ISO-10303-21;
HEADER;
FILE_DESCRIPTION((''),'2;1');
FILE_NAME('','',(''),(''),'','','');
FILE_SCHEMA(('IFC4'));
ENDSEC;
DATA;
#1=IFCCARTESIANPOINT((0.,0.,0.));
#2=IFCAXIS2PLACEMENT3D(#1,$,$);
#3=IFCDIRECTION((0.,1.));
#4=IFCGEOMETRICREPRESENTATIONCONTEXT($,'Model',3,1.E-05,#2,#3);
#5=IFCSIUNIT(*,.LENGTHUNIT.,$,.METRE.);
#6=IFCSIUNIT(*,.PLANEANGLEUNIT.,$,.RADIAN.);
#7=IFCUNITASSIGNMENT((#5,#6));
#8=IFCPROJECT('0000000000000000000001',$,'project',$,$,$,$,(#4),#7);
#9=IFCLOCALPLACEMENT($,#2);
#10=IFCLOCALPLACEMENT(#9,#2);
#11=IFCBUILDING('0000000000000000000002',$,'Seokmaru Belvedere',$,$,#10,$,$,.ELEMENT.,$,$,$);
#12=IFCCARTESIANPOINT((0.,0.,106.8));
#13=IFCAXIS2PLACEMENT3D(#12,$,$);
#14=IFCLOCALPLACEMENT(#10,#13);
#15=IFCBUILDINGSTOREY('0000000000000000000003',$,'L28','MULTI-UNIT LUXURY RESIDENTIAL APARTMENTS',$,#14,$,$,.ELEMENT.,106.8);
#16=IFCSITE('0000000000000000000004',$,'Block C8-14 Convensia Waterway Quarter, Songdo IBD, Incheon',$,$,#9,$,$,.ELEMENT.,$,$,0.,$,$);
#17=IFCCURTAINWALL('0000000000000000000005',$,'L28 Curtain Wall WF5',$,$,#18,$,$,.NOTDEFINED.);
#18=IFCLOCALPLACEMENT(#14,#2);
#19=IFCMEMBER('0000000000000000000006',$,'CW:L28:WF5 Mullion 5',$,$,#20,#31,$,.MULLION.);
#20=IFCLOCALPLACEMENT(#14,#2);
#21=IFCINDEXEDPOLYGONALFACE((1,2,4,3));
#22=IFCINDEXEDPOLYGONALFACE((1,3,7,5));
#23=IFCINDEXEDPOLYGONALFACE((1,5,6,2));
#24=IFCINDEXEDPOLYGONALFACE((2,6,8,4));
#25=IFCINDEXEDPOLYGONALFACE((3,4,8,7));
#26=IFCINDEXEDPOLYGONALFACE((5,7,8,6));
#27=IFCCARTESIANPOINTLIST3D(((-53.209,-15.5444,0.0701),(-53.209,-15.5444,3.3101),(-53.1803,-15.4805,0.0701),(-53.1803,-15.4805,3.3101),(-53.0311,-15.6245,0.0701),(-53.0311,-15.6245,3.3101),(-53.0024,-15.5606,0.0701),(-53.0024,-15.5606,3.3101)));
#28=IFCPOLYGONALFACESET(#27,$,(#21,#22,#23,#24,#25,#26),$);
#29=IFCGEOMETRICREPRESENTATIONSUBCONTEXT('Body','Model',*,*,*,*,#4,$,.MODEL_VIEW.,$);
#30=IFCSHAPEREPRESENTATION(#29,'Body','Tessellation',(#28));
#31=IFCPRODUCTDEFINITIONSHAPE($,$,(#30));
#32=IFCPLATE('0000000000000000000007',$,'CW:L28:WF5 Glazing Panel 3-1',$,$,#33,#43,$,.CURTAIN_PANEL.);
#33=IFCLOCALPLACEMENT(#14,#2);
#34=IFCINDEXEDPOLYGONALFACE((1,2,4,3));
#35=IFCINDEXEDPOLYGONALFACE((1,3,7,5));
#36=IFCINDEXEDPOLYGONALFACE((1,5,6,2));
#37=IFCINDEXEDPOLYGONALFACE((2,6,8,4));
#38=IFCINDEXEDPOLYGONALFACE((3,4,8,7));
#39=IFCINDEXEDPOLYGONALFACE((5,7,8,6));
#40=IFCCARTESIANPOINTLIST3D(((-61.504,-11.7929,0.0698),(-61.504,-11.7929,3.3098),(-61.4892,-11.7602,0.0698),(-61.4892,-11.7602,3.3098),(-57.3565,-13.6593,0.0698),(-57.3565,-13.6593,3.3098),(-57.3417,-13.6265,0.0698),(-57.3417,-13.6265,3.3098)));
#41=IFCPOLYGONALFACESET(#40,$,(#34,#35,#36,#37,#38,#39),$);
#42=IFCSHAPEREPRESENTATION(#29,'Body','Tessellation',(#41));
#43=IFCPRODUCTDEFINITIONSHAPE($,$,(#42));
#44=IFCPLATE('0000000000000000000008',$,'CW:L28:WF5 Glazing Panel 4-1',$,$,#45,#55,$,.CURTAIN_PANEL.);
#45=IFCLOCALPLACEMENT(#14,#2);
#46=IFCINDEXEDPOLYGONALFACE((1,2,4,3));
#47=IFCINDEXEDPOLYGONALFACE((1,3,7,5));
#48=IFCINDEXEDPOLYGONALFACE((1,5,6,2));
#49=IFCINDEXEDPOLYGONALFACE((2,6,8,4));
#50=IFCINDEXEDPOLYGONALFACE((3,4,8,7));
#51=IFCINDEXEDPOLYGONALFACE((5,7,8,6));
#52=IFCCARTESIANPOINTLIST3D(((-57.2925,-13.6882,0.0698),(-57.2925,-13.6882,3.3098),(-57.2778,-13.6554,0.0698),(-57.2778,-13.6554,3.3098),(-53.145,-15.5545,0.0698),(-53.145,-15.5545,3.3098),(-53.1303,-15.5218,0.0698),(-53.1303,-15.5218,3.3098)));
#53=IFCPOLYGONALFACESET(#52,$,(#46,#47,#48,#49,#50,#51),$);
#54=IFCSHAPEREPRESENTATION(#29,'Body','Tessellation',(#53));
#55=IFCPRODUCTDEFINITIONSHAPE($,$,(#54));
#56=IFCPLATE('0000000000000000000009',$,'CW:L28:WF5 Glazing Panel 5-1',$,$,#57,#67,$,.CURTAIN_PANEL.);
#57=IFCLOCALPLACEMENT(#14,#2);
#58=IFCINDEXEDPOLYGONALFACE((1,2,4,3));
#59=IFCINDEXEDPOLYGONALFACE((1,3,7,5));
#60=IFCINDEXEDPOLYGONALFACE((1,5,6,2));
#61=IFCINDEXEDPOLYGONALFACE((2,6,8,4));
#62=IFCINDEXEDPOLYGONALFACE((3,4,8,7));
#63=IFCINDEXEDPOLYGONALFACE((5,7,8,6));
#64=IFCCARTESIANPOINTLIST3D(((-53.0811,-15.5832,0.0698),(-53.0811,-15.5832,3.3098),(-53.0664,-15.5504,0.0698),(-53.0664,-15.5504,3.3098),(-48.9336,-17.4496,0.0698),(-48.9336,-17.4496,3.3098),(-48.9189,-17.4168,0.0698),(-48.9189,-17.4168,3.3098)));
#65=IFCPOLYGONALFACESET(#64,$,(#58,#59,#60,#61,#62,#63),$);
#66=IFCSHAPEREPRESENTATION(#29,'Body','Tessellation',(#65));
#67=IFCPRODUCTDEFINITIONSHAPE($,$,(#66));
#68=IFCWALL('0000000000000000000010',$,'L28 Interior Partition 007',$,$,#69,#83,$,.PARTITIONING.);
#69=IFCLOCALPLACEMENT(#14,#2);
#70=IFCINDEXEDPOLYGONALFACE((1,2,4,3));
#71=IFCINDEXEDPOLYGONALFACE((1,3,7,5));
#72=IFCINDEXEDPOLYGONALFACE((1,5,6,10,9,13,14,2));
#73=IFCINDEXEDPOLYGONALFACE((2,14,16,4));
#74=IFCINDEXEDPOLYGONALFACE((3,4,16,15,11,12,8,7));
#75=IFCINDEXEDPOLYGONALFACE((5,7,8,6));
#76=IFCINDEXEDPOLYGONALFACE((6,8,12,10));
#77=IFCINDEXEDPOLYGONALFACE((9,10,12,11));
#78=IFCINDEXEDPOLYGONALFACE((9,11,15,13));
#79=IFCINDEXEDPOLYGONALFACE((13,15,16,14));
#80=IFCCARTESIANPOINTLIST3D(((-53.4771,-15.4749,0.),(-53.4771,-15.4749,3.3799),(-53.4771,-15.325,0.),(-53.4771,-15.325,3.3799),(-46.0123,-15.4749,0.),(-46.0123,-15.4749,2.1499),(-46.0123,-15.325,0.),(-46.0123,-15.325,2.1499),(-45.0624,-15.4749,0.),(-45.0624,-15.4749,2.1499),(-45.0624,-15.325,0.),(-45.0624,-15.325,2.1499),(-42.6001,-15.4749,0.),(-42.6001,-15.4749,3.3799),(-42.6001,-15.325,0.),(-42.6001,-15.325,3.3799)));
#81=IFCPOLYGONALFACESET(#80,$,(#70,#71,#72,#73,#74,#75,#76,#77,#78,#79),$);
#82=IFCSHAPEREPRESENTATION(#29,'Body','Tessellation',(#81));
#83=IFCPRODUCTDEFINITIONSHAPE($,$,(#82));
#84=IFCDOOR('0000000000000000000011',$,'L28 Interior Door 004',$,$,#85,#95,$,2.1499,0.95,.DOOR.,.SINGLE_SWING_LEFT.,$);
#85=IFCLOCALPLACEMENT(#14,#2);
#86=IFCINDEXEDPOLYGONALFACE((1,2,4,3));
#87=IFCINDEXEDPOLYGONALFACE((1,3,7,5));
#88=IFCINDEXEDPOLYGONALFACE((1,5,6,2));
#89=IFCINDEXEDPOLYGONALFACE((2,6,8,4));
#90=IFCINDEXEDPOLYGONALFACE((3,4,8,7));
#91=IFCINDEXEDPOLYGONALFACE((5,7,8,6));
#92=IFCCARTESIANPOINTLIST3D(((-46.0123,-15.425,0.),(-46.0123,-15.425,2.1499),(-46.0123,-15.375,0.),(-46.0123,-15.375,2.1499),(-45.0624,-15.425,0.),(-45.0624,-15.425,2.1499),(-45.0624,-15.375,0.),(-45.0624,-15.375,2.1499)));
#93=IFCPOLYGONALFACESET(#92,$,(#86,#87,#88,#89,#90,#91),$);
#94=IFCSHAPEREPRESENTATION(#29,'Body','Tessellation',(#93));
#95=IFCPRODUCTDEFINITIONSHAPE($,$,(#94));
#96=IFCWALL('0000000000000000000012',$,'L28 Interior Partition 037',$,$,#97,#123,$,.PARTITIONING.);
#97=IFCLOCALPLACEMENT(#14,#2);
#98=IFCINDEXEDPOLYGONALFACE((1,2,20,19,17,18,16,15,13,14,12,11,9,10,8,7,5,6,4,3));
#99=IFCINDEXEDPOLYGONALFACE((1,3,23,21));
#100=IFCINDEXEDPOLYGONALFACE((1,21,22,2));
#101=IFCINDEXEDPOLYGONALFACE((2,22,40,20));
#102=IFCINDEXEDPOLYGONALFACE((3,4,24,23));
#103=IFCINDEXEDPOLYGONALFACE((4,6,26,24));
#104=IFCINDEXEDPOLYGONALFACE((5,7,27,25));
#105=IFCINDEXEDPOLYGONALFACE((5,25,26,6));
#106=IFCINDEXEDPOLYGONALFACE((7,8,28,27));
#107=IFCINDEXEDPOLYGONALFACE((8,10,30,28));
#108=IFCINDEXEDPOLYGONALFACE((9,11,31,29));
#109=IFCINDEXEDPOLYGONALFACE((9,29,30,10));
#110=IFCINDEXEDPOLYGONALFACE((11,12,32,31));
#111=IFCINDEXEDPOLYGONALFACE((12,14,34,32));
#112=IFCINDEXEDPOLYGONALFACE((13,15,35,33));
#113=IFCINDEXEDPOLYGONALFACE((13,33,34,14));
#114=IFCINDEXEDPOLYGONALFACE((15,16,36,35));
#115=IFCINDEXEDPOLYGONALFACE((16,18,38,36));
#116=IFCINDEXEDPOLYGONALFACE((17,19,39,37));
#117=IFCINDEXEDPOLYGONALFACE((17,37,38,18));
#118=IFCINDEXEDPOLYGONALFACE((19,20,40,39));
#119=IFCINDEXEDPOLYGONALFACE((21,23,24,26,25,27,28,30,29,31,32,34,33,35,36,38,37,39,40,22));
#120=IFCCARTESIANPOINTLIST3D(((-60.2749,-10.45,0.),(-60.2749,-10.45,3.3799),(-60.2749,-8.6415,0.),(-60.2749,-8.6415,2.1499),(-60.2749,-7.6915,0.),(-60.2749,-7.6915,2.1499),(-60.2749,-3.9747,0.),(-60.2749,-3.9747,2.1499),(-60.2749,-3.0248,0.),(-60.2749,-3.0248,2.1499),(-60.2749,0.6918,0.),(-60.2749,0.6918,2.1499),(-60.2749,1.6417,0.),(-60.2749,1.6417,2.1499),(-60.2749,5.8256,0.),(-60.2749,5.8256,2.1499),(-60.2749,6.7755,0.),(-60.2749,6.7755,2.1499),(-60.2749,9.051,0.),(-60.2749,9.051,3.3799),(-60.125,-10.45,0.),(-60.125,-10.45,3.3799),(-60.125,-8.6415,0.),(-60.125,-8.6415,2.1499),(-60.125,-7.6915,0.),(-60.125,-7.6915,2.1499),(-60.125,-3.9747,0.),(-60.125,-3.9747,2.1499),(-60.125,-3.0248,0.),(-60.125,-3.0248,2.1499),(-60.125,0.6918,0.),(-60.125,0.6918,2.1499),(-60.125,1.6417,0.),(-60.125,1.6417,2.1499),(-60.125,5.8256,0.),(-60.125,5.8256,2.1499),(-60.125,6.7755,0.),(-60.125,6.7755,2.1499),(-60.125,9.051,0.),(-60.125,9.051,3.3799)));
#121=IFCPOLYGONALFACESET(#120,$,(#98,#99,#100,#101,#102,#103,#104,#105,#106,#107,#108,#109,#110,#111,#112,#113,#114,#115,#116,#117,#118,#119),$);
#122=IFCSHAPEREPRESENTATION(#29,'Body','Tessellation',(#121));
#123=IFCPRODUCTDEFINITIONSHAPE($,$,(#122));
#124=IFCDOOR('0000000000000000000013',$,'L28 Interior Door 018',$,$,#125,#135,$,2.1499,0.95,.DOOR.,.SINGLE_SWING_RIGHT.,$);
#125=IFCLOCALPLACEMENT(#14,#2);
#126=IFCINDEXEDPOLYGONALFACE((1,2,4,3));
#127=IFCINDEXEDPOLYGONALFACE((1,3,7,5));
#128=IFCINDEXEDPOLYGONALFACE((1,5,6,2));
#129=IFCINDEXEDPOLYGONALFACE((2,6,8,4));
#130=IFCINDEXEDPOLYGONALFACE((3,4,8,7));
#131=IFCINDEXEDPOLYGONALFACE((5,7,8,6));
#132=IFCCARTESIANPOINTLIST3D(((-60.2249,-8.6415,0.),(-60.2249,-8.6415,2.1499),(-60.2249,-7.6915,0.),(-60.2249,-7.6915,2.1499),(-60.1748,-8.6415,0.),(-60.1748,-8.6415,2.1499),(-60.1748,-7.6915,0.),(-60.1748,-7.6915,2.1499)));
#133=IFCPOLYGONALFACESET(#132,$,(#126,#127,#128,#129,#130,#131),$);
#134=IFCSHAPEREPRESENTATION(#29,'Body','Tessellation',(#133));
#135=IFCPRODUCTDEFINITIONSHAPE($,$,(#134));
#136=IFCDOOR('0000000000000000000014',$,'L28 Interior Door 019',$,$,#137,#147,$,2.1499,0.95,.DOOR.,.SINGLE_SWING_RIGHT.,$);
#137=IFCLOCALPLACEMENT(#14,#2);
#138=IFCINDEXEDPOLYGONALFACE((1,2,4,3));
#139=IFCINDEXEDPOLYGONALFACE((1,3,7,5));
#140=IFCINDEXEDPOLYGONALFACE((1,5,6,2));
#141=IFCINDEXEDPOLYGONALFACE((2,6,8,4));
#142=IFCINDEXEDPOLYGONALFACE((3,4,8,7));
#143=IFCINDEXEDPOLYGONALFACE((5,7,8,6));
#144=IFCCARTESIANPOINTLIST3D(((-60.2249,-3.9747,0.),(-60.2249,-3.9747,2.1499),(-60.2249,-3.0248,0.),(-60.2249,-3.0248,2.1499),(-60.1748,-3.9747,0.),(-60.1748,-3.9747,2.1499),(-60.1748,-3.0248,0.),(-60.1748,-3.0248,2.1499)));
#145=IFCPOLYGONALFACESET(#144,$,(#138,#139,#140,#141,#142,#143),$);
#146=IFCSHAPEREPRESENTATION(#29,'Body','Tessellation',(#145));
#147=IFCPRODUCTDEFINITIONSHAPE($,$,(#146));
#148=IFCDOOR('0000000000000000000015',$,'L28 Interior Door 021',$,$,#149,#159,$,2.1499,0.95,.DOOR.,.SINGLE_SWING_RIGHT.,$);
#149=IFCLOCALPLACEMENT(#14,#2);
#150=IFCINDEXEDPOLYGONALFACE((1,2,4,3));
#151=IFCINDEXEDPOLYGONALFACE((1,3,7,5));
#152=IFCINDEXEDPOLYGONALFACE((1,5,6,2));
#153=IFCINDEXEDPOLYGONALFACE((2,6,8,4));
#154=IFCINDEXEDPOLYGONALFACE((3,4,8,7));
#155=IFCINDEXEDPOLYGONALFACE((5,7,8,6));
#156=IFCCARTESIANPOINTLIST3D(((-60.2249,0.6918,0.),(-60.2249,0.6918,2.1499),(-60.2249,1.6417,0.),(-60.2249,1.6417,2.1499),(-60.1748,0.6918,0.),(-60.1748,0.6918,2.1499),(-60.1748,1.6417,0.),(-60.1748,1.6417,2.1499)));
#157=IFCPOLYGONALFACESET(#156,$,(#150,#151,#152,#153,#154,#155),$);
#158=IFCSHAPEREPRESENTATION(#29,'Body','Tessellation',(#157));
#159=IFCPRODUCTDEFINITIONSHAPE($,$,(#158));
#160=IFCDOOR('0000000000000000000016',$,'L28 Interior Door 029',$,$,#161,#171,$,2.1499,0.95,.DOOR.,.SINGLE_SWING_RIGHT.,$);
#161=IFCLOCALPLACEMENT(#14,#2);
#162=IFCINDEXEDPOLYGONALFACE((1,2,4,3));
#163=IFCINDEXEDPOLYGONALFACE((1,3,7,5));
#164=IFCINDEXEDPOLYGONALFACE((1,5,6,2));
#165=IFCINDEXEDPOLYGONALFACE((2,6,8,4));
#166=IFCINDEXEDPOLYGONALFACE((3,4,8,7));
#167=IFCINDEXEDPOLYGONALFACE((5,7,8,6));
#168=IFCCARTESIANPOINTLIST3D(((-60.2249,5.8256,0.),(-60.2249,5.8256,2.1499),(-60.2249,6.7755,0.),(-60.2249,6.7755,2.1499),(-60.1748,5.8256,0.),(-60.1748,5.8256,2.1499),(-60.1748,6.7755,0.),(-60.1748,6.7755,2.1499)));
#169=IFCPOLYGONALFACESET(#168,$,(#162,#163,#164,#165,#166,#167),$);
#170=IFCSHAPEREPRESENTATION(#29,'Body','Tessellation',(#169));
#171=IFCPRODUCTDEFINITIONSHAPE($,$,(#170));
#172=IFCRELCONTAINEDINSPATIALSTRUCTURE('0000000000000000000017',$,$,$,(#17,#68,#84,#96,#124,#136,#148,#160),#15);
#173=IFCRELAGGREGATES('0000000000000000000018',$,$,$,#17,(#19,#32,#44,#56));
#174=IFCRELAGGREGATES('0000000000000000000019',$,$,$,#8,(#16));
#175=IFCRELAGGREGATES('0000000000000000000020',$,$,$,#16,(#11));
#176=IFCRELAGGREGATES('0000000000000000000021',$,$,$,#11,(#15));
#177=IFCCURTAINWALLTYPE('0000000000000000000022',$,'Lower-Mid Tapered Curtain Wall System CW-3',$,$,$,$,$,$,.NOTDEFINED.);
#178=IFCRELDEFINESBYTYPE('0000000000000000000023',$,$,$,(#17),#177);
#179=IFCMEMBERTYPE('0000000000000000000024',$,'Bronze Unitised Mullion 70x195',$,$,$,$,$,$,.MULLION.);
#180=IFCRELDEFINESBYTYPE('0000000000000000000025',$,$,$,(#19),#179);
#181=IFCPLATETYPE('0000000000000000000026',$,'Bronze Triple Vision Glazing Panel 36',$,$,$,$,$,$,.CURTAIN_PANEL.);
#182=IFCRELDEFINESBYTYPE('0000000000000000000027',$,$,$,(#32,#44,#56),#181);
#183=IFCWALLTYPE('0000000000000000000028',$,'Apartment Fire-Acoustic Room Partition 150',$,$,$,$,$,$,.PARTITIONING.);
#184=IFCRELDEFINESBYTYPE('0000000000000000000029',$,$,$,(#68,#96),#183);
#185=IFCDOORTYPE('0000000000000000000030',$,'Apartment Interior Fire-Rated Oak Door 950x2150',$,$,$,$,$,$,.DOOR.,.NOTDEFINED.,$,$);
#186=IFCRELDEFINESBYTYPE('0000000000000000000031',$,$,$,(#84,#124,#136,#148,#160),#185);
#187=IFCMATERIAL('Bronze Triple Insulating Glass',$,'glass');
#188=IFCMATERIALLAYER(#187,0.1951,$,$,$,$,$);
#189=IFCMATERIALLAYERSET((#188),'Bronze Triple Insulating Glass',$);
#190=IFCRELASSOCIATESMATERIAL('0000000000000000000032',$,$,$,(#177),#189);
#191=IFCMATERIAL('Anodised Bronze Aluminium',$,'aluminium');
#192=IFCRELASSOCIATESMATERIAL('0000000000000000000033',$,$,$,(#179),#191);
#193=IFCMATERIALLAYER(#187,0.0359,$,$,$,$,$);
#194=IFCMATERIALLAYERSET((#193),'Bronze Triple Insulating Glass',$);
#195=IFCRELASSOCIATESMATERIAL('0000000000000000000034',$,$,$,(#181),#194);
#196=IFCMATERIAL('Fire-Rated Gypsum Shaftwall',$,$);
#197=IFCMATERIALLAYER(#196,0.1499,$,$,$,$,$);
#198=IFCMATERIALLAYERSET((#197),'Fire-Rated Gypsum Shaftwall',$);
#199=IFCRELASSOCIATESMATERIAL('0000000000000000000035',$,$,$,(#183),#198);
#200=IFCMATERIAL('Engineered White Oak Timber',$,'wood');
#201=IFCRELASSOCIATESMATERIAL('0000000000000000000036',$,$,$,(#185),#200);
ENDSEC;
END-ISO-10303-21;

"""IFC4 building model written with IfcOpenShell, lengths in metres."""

from ifc_helpers import new_model, si_unit, direction, frame, frame_2d, origin, origin_2d, place, context, subcontext, project, spatial, rectangle, extrude, source, transform, mapped, material, layer, layer_set, material_profile, profile_set, type_object, type_shapes, element, fill, aggregate, save


model = new_model("IFC4")

# Units and contexts
model_context = context("Model", 3, precision=1e-05, world=origin(), true_north=direction((0.0, 1.0)))
body_context = subcontext(model_context, "Body", "Model", "MODEL_VIEW")
ifc_project = project(units=[si_unit("LENGTHUNIT", "METRE"), si_unit("PLANEANGLEUNIT", "RADIAN")], contexts=[model_context])

# Site, building, storey
site_placement = place(None, origin())
site = spatial("IfcSite", under=ifc_project, at=site_placement, Name="Block C8-14 Convensia Waterway Quarter, Songdo IBD, Incheon", CompositionType="ELEMENT", RefElevation=0.0)
building_placement = place(site_placement, origin())
building = spatial("IfcBuilding", under=site, at=building_placement, Name="Seokmaru Belvedere", CompositionType="ELEMENT")
storey_placement = place(building_placement, frame((0.0, 0.0, 106.8)))
storey = spatial("IfcBuildingStorey", under=building, at=storey_placement, Name="L28", Description="MULTI-UNIT LUXURY RESIDENTIAL APARTMENTS", CompositionType="ELEMENT", Elevation=106.8)

# Curtain wall, member, plates
ifc_material_1 = material(Name="Bronze Triple Insulating Glass", Category="glass")
ifc_layer_1 = layer(ifc_material_1, 0.1951)
ifc_layer_set_1 = layer_set([ifc_layer_1], Name="Bronze Triple Insulating Glass")
curtain_wall_type = type_object("IfcCurtainWallType", Name="Lower-Mid Tapered Curtain Wall System CW-3", PredefinedType="NOTDEFINED", material=ifc_layer_set_1)
curtain_wall_placement = place(storey_placement, origin())
curtain_wall = element("IfcCurtainWall", 1, at=curtain_wall_placement, inside=storey, type_object=curtain_wall_type, Name="L28 Curtain Wall WF5", PredefinedType="NOTDEFINED")
ifc_material_2 = material(Name="Anodised Bronze Aluminium", Category="aluminium")
ifc_material_profile_1 = material_profile(ifc_material_2, rectangle(XDim=0.0701, YDim=0.1951, at=origin_2d()), Name="CW-M-70x195")
ifc_profile_set_1 = profile_set([ifc_material_profile_1], Name="Anodised Bronze Aluminium")
member_type = type_object("IfcMemberType", Name="Bronze Unitised Mullion 70x195", PredefinedType="MULLION", material=ifc_profile_set_1)
shared_shape_1 = source(origin(), body_context, "Body", "SweptSolid", [
    extrude(rectangle(XDim=0.0701, YDim=0.1951, at=origin_2d()), origin(), (0.0, 0.0, 1.0), 3.24),
])
type_shapes(member_type, [shared_shape_1])
member_1_placement = place(storey_placement, frame((-53.1057, -15.5525, 0.0701), z_axis=(0.0, 0.0, 1.0), x_axis=(0.410366, 0.911921, 0.0)))
member_1 = element("IfcMember", 2, at=member_1_placement, type_object=member_type, Name="CW:L28:WF5 Mullion 5", PredefinedType="MULLION", context=body_context, shape_type="MappedRepresentation", body=[
    mapped(shared_shape_1, transform((0.0, 0.0, 0.0), scale=1.0)),
])
ifc_layer_2 = layer(ifc_material_1, 0.0359)
ifc_layer_set_2 = layer_set([ifc_layer_2], Name="Bronze Triple Insulating Glass")
plate_type = type_object("IfcPlateType", Name="Bronze Triple Vision Glazing Panel 36", PredefinedType="CURTAIN_PANEL", material=ifc_layer_set_2)
shared_shape_2 = source(origin(), body_context, "Body", "SweptSolid", [
    extrude(rectangle(XDim=4.5481, YDim=0.0359, at=origin_2d()), origin(), (0.0, 0.0, 1.0), 3.24),
])
type_shapes(plate_type, [shared_shape_2])
plate_1_placement = place(storey_placement, frame((-59.4229, -12.7097, 0.0698), z_axis=(0.0, 0.0, 1.0), x_axis=(0.911921, -0.410366, 0.0)))
plate_1 = element("IfcPlate", 3, at=plate_1_placement, type_object=plate_type, Name="CW:L28:WF5 Glazing Panel 3-1", PredefinedType="CURTAIN_PANEL", context=body_context, shape_type="MappedRepresentation", body=[
    mapped(shared_shape_2, transform((0.0, 0.0, 0.0), scale=1.0)),
])
plate_2_placement = place(storey_placement, frame((-55.2114, -14.605, 0.0698), z_axis=(0.0, 0.0, 1.0), x_axis=(0.911921, -0.410366, 0.0)))
plate_2 = element("IfcPlate", 4, at=plate_2_placement, type_object=plate_type, Name="CW:L28:WF5 Glazing Panel 4-1", PredefinedType="CURTAIN_PANEL", context=body_context, shape_type="MappedRepresentation", body=[
    mapped(shared_shape_2, transform((0.0, 0.0, 0.0), scale=1.0)),
])
plate_3_placement = place(storey_placement, frame((-51.0, -16.5, 0.0698), z_axis=(0.0, 0.0, 1.0), x_axis=(0.911921, -0.410366, 0.0)))
plate_3 = element("IfcPlate", 5, at=plate_3_placement, type_object=plate_type, Name="CW:L28:WF5 Glazing Panel 5-1", PredefinedType="CURTAIN_PANEL", context=body_context, shape_type="MappedRepresentation", body=[
    mapped(shared_shape_2, transform((0.0, 0.0, 0.0), scale=1.0)),
])
aggregate(curtain_wall, [member_1, plate_1, plate_2, plate_3])

# Wall, opening, door
ifc_material_3 = material(Name="Fire-Rated Gypsum Shaftwall")
ifc_layer_3 = layer(ifc_material_3, 0.1499)
ifc_layer_set_3 = layer_set([ifc_layer_3], Name="Fire-Rated Gypsum Shaftwall")
wall_type = type_object("IfcWallType", Name="Apartment Fire-Acoustic Room Partition 150", PredefinedType="PARTITIONING", material=ifc_layer_set_3)
wall_1_placement = place(storey_placement, frame((-53.4771, -15.3999, 0.0), z_axis=(0.0, 0.0, 1.0), x_axis=(1.0, 0.0, 0.0)))
wall_1 = element("IfcWall", 6, at=wall_1_placement, inside=storey, type_object=wall_type, Name="L28 Interior Partition 007", PredefinedType="PARTITIONING", context=body_context, shape_type="SweptSolid", body=[
    extrude(rectangle(XDim=10.877, YDim=0.1499, at=frame_2d((5.4385, 0.0))), origin(), (0.0, 0.0, 1.0), 3.3799),
])
opening_1_placement = place(wall_1_placement, frame((7.4646, 0.0, 0.0)))
opening_1 = element("IfcOpeningElement", 7, at=opening_1_placement, cuts=wall_1, PredefinedType="OPENING", context=body_context, shape_type="SweptSolid", body=[
    extrude(rectangle(XDim=0.95, YDim=2.1499, at=frame_2d((0.4751, 1.075))), frame((0.0, 0.085, 0.0), z_axis=(0.0, -1.0, 0.0), x_axis=(1.0, 0.0, 0.0)), (0.0, 0.0, 1.0), 0.1699),
])
ifc_material_4 = material(Name="Engineered White Oak Timber", Category="wood")
door_type = type_object("IfcDoorType", Name="Apartment Interior Fire-Rated Oak Door 950x2150", OperationType="NOTDEFINED", PredefinedType="DOOR", material=ifc_material_4)
shared_shape_3 = source(origin(), body_context, "Body", "SweptSolid", [
    extrude(rectangle(XDim=0.95, YDim=2.1499, at=frame_2d((0.4751, 1.075))), frame((0.0, 0.0249, 0.0), z_axis=(0.0, -1.0, 0.0), x_axis=(1.0, 0.0, 0.0)), (0.0, 0.0, 1.0), 0.05),
])
type_shapes(door_type, [shared_shape_3])
door_1_placement = place(opening_1_placement, origin())
door_1 = element("IfcDoor", 8, at=door_1_placement, inside=storey, type_object=door_type, Name="L28 Interior Door 004", OperationType="SINGLE_SWING_LEFT", OverallHeight=2.1499, OverallWidth=0.95, PredefinedType="DOOR", context=body_context, shape_type="MappedRepresentation", body=[
    mapped(shared_shape_3, transform((0.0, 0.0, 0.0), scale=1.0)),
])
fill(opening_1, door_1)

# Wall, openings, doors
wall_2_placement = place(storey_placement, frame((-60.2, -10.45, 0.0), z_axis=(0.0, 0.0, 1.0), x_axis=(0.0, 1.0, 0.0)))
wall_2 = element("IfcWall", 9, at=wall_2_placement, inside=storey, type_object=wall_type, Name="L28 Interior Partition 037", PredefinedType="PARTITIONING", context=body_context, shape_type="SweptSolid", body=[
    extrude(rectangle(XDim=19.501, YDim=0.1499, at=frame_2d((9.7505, 0.0))), origin(), (0.0, 0.0, 1.0), 3.3799),
])
opening_2_placement = place(wall_2_placement, frame((1.8083, 0.0, 0.0)))
opening_2 = element("IfcOpeningElement", 10, at=opening_2_placement, cuts=wall_2, PredefinedType="OPENING", context=body_context, shape_type="SweptSolid", body=[
    extrude(rectangle(XDim=0.95, YDim=2.1499, at=frame_2d((0.4751, 1.075))), frame((0.0, 0.085, 0.0), z_axis=(0.0, -1.0, 0.0), x_axis=(1.0, 0.0, 0.0)), (0.0, 0.0, 1.0), 0.1699),
])
opening_3_placement = place(wall_2_placement, frame((6.4751, 0.0, 0.0)))
opening_3 = element("IfcOpeningElement", 11, at=opening_3_placement, cuts=wall_2, PredefinedType="OPENING", context=body_context, shape_type="SweptSolid", body=[
    extrude(rectangle(XDim=0.95, YDim=2.1499, at=frame_2d((0.4751, 1.075))), frame((0.0, 0.085, 0.0), z_axis=(0.0, -1.0, 0.0), x_axis=(1.0, 0.0, 0.0)), (0.0, 0.0, 1.0), 0.1699),
])
opening_4_placement = place(wall_2_placement, frame((11.1416, 0.0, 0.0)))
opening_4 = element("IfcOpeningElement", 12, at=opening_4_placement, cuts=wall_2, PredefinedType="OPENING", context=body_context, shape_type="SweptSolid", body=[
    extrude(rectangle(XDim=0.95, YDim=2.1499, at=frame_2d((0.4751, 1.075))), frame((0.0, 0.085, 0.0), z_axis=(0.0, -1.0, 0.0), x_axis=(1.0, 0.0, 0.0)), (0.0, 0.0, 1.0), 0.1699),
])
opening_5_placement = place(wall_2_placement, frame((16.2754, 0.0, 0.0)))
opening_5 = element("IfcOpeningElement", 13, at=opening_5_placement, cuts=wall_2, PredefinedType="OPENING", context=body_context, shape_type="SweptSolid", body=[
    extrude(rectangle(XDim=0.95, YDim=2.1499, at=frame_2d((0.4751, 1.075))), frame((0.0, 0.085, 0.0), z_axis=(0.0, -1.0, 0.0), x_axis=(1.0, 0.0, 0.0)), (0.0, 0.0, 1.0), 0.1699),
])
door_2_placement = place(opening_2_placement, origin())
door_2 = element("IfcDoor", 14, at=door_2_placement, inside=storey, type_object=door_type, Name="L28 Interior Door 018", OperationType="SINGLE_SWING_RIGHT", OverallHeight=2.1499, OverallWidth=0.95, PredefinedType="DOOR", context=body_context, shape_type="MappedRepresentation", body=[
    mapped(shared_shape_3, transform((0.0, 0.0, 0.0), scale=1.0)),
])
fill(opening_2, door_2)
door_3_placement = place(opening_3_placement, origin())
door_3 = element("IfcDoor", 15, at=door_3_placement, inside=storey, type_object=door_type, Name="L28 Interior Door 019", OperationType="SINGLE_SWING_RIGHT", OverallHeight=2.1499, OverallWidth=0.95, PredefinedType="DOOR", context=body_context, shape_type="MappedRepresentation", body=[
    mapped(shared_shape_3, transform((0.0, 0.0, 0.0), scale=1.0)),
])
fill(opening_3, door_3)
door_4_placement = place(opening_4_placement, origin())
door_4 = element("IfcDoor", 16, at=door_4_placement, inside=storey, type_object=door_type, Name="L28 Interior Door 021", OperationType="SINGLE_SWING_RIGHT", OverallHeight=2.1499, OverallWidth=0.95, PredefinedType="DOOR", context=body_context, shape_type="MappedRepresentation", body=[
    mapped(shared_shape_3, transform((0.0, 0.0, 0.0), scale=1.0)),
])
fill(opening_4, door_4)
door_5_placement = place(opening_5_placement, origin())
door_5 = element("IfcDoor", 17, at=door_5_placement, inside=storey, type_object=door_type, Name="L28 Interior Door 029", OperationType="SINGLE_SWING_RIGHT", OverallHeight=2.1499, OverallWidth=0.95, PredefinedType="DOOR", context=body_context, shape_type="MappedRepresentation", body=[
    mapped(shared_shape_3, transform((0.0, 0.0, 0.0), scale=1.0)),
])
fill(opening_5, door_5)

save(model, "model.ifc")
